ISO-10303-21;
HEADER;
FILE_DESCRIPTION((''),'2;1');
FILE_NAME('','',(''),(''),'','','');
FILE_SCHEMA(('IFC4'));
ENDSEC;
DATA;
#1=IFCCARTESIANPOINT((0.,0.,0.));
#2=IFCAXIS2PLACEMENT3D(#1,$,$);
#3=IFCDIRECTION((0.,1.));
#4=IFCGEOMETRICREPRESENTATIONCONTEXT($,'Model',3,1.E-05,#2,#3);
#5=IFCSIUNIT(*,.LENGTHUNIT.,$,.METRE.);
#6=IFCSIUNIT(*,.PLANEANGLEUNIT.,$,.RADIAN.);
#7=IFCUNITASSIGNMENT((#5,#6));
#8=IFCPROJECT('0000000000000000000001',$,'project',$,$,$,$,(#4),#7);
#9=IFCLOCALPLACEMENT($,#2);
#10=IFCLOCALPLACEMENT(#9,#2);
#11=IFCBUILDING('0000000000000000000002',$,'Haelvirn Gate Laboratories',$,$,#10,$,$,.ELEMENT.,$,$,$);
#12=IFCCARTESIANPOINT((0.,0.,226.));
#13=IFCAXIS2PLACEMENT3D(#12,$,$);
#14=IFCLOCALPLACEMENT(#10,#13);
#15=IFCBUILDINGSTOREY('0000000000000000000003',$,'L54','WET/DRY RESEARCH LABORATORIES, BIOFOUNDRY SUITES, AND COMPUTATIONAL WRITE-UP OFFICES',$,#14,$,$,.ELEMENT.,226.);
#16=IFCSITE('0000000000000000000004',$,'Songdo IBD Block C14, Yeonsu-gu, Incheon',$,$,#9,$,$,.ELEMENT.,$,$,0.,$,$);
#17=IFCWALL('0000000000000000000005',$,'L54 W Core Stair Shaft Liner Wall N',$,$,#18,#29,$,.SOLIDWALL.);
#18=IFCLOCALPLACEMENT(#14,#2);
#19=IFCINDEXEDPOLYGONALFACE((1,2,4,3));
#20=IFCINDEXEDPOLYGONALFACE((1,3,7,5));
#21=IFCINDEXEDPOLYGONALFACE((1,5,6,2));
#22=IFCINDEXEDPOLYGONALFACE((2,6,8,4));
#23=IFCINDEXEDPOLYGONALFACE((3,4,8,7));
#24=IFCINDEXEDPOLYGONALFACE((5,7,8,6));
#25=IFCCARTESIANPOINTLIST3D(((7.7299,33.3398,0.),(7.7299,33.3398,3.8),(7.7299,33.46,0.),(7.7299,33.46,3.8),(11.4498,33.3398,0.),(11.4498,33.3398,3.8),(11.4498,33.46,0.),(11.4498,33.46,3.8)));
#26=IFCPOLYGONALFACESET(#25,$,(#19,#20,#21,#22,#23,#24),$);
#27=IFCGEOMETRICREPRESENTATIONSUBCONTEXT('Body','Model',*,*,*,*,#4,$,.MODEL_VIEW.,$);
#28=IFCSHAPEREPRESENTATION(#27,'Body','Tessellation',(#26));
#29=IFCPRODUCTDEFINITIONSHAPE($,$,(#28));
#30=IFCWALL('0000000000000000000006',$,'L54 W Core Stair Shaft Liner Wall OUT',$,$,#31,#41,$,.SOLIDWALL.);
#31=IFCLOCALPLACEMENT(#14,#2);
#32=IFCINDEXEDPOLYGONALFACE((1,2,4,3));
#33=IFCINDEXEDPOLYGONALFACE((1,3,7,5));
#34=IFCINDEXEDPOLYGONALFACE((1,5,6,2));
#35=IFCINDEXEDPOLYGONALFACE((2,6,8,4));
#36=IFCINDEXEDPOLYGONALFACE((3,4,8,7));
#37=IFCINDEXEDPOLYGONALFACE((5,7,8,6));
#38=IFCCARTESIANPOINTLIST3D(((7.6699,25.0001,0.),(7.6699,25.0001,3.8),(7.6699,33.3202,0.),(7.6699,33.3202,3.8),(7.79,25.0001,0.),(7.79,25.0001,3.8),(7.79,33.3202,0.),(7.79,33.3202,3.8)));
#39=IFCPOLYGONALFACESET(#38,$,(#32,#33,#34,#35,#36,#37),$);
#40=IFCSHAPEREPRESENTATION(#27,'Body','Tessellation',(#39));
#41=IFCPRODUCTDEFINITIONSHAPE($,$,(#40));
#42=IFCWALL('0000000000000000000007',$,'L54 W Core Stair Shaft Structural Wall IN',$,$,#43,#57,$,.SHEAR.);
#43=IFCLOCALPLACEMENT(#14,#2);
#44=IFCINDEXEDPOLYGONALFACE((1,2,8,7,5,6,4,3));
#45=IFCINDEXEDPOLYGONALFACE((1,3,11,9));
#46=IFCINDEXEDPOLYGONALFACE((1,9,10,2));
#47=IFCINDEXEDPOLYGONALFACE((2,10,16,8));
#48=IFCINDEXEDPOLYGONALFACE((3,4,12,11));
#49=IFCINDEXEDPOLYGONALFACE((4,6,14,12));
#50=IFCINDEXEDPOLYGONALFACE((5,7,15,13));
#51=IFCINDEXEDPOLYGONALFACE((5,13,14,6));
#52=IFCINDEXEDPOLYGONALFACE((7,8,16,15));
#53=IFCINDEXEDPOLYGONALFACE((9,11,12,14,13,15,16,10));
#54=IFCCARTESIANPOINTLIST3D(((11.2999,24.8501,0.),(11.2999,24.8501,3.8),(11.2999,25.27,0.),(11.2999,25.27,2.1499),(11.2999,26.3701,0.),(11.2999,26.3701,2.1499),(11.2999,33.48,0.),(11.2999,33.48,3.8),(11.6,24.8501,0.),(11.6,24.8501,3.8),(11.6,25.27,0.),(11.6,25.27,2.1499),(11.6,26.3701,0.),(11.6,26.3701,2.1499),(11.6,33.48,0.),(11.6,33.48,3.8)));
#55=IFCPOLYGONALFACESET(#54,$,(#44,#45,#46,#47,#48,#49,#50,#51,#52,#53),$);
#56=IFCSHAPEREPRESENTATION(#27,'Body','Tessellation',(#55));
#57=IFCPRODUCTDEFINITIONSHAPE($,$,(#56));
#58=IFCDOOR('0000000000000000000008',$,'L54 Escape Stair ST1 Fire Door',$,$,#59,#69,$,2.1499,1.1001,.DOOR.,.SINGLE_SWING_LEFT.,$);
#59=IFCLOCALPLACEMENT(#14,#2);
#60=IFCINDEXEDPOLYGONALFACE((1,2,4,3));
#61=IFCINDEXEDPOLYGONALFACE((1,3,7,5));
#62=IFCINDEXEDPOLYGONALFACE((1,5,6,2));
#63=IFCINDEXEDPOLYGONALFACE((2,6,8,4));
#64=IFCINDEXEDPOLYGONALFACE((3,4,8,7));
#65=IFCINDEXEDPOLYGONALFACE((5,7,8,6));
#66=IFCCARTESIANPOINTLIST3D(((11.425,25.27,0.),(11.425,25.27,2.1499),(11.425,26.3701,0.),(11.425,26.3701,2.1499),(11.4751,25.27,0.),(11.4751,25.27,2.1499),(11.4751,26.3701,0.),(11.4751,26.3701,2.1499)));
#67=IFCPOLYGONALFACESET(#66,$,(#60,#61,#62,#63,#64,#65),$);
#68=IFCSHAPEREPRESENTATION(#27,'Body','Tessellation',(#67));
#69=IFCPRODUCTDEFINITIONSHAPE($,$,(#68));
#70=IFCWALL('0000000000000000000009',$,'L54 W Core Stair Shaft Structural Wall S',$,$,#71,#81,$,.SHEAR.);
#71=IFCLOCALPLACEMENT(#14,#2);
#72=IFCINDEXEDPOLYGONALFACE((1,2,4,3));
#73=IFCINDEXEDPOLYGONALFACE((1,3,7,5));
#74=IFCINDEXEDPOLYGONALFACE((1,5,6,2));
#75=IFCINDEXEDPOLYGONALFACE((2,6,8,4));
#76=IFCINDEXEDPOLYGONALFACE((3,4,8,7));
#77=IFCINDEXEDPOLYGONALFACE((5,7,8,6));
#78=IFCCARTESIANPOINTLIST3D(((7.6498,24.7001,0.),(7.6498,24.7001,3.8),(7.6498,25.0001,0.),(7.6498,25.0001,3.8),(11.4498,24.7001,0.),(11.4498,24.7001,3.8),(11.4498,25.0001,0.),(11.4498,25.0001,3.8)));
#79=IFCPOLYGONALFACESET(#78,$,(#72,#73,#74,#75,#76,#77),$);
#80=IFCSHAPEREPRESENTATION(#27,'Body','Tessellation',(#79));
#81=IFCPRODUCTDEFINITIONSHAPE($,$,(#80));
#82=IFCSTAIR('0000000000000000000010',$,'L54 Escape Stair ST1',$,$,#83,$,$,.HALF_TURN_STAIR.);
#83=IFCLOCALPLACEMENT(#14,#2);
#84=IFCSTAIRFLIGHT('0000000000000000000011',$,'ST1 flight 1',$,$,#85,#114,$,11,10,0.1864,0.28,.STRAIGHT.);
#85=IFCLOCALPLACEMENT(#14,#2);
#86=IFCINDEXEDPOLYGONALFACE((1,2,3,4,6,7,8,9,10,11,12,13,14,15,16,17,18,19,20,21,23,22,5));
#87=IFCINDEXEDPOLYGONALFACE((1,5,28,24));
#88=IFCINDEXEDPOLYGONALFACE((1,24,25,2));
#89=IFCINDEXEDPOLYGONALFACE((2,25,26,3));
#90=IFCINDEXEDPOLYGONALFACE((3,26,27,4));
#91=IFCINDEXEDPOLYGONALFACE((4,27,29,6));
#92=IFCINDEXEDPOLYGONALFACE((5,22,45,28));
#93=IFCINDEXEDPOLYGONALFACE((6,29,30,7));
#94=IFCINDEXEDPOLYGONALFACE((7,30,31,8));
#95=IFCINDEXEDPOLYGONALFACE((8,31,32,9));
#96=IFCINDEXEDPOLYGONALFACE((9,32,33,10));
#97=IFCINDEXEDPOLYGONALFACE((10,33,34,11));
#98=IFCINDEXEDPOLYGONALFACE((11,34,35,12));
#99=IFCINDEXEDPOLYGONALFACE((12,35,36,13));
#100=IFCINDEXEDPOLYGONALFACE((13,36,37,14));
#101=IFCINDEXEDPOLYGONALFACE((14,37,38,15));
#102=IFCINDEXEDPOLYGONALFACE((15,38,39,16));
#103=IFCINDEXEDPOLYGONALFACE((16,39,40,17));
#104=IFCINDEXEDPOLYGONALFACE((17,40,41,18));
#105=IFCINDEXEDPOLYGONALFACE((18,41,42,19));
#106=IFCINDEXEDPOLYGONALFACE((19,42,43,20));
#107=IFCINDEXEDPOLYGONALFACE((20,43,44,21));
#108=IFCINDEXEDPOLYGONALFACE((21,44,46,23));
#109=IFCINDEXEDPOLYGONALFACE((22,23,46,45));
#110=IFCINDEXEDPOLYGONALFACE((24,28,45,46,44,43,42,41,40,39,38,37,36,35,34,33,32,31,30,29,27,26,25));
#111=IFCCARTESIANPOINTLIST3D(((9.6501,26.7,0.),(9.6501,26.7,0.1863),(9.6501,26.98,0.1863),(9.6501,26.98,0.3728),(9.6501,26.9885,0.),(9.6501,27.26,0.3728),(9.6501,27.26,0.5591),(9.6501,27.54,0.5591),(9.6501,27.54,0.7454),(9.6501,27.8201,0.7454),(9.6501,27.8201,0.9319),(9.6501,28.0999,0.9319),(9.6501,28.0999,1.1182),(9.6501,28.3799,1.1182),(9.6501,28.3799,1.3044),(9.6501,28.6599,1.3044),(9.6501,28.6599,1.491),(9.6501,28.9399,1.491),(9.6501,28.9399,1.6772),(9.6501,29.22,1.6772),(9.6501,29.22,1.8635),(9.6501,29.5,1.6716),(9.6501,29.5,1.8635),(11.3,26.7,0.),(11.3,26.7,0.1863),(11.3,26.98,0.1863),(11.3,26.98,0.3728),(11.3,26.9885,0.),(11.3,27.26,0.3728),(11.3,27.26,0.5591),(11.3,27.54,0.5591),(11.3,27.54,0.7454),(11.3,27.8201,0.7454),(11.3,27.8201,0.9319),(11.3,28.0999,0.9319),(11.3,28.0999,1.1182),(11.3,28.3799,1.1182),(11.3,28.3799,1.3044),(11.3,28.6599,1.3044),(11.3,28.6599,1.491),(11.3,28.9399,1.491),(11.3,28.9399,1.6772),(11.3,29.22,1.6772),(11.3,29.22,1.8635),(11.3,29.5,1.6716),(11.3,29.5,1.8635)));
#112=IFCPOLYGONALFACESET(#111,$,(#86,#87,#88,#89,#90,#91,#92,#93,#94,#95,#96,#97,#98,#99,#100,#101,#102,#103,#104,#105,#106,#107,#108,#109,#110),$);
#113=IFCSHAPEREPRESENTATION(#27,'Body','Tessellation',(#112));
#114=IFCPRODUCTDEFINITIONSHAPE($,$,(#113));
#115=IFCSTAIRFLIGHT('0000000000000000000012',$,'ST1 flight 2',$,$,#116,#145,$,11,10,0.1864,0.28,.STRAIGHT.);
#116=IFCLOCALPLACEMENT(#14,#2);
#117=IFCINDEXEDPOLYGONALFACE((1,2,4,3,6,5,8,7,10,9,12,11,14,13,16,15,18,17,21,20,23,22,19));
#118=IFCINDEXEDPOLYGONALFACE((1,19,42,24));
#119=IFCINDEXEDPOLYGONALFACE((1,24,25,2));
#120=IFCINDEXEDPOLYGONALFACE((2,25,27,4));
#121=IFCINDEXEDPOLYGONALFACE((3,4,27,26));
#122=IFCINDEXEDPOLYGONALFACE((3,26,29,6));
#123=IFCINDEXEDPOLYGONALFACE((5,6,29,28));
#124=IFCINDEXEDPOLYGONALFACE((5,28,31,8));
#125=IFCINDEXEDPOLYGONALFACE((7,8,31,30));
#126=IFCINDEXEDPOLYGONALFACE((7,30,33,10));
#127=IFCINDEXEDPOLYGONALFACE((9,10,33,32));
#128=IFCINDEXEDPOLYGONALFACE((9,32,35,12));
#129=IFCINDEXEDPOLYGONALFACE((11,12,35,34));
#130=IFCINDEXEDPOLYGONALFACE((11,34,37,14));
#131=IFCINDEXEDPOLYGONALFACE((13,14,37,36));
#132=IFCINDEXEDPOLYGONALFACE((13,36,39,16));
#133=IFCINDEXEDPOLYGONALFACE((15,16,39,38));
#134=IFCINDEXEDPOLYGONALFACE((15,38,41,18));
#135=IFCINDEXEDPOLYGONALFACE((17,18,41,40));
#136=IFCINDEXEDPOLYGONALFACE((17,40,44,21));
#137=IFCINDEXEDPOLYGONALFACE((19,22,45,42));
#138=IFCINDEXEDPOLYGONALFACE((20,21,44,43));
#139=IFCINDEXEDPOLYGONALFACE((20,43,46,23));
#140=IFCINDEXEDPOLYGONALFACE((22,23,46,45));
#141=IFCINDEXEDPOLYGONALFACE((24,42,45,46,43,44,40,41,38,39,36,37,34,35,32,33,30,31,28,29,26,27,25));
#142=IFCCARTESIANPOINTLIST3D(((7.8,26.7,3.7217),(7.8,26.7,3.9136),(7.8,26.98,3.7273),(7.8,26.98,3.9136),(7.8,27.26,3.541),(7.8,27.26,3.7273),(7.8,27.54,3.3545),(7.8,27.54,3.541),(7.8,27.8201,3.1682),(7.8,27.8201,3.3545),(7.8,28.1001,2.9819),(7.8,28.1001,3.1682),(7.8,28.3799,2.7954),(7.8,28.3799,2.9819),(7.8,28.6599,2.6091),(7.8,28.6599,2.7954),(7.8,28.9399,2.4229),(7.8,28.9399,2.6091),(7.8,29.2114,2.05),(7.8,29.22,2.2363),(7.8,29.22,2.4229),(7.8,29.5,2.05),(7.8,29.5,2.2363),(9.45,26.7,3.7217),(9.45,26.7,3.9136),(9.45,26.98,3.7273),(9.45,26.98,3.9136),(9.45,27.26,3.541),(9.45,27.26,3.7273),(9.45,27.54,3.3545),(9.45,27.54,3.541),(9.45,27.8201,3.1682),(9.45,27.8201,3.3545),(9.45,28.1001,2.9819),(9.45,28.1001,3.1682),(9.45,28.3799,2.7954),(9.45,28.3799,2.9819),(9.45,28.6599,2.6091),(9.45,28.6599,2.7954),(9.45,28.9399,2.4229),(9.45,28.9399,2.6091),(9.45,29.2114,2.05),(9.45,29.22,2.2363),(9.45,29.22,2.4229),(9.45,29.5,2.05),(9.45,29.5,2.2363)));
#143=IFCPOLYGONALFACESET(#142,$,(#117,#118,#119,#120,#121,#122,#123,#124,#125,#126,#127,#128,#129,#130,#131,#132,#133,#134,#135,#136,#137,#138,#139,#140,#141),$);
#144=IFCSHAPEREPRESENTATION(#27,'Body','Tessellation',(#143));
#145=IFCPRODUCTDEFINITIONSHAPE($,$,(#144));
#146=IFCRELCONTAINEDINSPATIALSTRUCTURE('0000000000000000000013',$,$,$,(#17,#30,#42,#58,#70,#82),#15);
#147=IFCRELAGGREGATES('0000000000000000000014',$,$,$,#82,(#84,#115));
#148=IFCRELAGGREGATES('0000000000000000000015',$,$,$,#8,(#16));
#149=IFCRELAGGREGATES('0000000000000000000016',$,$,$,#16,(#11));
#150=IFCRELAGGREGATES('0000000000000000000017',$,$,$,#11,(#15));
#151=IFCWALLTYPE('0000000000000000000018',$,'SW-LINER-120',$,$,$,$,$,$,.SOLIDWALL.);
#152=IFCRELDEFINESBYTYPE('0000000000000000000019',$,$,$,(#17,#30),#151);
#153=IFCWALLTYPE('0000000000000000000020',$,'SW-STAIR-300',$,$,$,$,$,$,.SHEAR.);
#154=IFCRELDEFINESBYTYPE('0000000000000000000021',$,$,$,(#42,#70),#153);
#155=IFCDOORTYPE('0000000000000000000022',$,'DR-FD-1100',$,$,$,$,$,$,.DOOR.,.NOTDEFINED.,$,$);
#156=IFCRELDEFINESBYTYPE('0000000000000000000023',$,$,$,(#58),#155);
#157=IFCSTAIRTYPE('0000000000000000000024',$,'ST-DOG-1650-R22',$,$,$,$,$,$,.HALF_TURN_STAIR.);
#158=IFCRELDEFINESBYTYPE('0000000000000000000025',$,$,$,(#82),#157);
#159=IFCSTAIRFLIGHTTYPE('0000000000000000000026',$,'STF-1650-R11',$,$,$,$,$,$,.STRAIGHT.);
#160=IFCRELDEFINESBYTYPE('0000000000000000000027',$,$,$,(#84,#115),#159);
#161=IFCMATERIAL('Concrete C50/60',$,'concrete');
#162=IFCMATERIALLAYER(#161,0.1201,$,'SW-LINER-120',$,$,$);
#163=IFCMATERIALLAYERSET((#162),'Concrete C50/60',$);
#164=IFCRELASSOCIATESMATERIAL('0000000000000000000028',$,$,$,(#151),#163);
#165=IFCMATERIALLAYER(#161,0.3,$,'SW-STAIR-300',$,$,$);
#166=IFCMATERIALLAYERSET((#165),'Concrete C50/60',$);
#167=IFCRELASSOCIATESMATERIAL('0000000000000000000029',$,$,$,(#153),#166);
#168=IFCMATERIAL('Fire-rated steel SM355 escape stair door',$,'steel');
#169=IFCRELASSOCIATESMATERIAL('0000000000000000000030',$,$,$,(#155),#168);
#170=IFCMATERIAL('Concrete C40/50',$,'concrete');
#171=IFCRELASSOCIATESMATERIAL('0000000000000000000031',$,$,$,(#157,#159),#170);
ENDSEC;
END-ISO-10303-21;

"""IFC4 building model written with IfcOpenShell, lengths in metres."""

from ifc_helpers import new_model, si_unit, direction, frame, frame_2d, origin, place, context, subcontext, project, spatial, polyline, rectangle, outline, extrude, source, transform, mapped, material, layer, layer_set, type_object, type_shapes, element, fill, aggregate, save


model = new_model("IFC4")

# Units and contexts
model_context = context("Model", 3, precision=1e-05, world=origin(), true_north=direction((0.0, 1.0)))
body_context = subcontext(model_context, "Body", "Model", "MODEL_VIEW")
ifc_project = project(units=[si_unit("LENGTHUNIT", "METRE"), si_unit("PLANEANGLEUNIT", "RADIAN")], contexts=[model_context])

# Site, building, storey
site_placement = place(None, origin())
site = spatial("IfcSite", under=ifc_project, at=site_placement, Name="Songdo IBD Block C14, Yeonsu-gu, Incheon", CompositionType="ELEMENT", RefElevation=0.0)
building_placement = place(site_placement, origin())
building = spatial("IfcBuilding", under=site, at=building_placement, Name="Haelvirn Gate Laboratories", CompositionType="ELEMENT")
storey_placement = place(building_placement, frame((0.0, 0.0, 226.0)))
storey = spatial("IfcBuildingStorey", under=building, at=storey_placement, Name="L54", Description="WET/DRY RESEARCH LABORATORIES, BIOFOUNDRY SUITES, AND COMPUTATIONAL WRITE-UP OFFICES", CompositionType="ELEMENT", Elevation=226.0)

# Shared definitions
ifc_material_1 = material(Name="Concrete C50/60", Category="concrete")

# Shared definitions
ifc_material_2 = material(Name="Concrete C40/50", Category="concrete")

# Walls
ifc_layer_1 = layer(ifc_material_1, 0.1201, Name="SW-LINER-120")
ifc_layer_set_1 = layer_set([ifc_layer_1], Name="Concrete C50/60")
wall_type_1 = type_object("IfcWallType", Name="SW-LINER-120", PredefinedType="SOLIDWALL", material=ifc_layer_set_1)
wall_1_placement = place(storey_placement, frame((7.73, 33.3999, 0.0), z_axis=(0.0, 0.0, 1.0), x_axis=(1.0, 0.0, 0.0)))
element("IfcWall", 1, at=wall_1_placement, inside=storey, type_object=wall_type_1, Name="L54 W Core Stair Shaft Liner Wall N", PredefinedType="SOLIDWALL", context=body_context, shape_type="SweptSolid", body=[
    extrude(rectangle(XDim=3.72, YDim=0.1201, at=frame_2d((1.8599, 0.0))), origin(), (0.0, 0.0, 1.0), 3.8),
])
wall_2_placement = place(storey_placement, frame((7.73, 25.0, 0.0), z_axis=(0.0, 0.0, 1.0), x_axis=(0.0, 1.0, 0.0)))
element("IfcWall", 2, at=wall_2_placement, inside=storey, type_object=wall_type_1, Name="L54 W Core Stair Shaft Liner Wall OUT", PredefinedType="SOLIDWALL", context=body_context, shape_type="SweptSolid", body=[
    extrude(rectangle(XDim=8.3201, YDim=0.1201, at=frame_2d((4.1602, 0.0))), origin(), (0.0, 0.0, 1.0), 3.8),
])

# Wall, opening, door
ifc_layer_2 = layer(ifc_material_1, 0.3, Name="SW-STAIR-300")
ifc_layer_set_2 = layer_set([ifc_layer_2], Name="Concrete C50/60")
wall_type_2 = type_object("IfcWallType", Name="SW-STAIR-300", PredefinedType="SHEAR", material=ifc_layer_set_2)
wall_3_placement = place(storey_placement, frame((11.45, 24.8501, 0.0), z_axis=(0.0, 0.0, 1.0), x_axis=(0.0, 1.0, 0.0)))
wall_3 = element("IfcWall", 3, at=wall_3_placement, inside=storey, type_object=wall_type_2, Name="L54 W Core Stair Shaft Structural Wall IN", PredefinedType="SHEAR", context=body_context, shape_type="SweptSolid", body=[
    extrude(rectangle(XDim=8.6299, YDim=0.3, at=frame_2d((4.3149, 0.0))), origin(), (0.0, 0.0, 1.0), 3.8),
])
opening_1_placement = place(wall_3_placement, frame((0.4199, 0.0, 0.0)))
opening_1 = element("IfcOpeningElement", 4, at=opening_1_placement, cuts=wall_3, PredefinedType="OPENING", context=body_context, shape_type="SweptSolid", body=[
    extrude(rectangle(XDim=1.1001, YDim=2.1499, at=frame_2d((0.55, 1.075))), frame((0.0, 0.1602, 0.0), z_axis=(0.0, -1.0, 0.0), x_axis=(1.0, 0.0, 0.0)), (0.0, 0.0, 1.0), 0.3201),
])
ifc_material_3 = material(Name="Fire-rated steel SM355 escape stair door", Category="steel")
door_type_1 = type_object("IfcDoorType", Name="DR-FD-1100", OperationType="NOTDEFINED", PredefinedType="DOOR", material=ifc_material_3)
shared_shape_1 = source(origin(), body_context, "Body", "SweptSolid", [
    extrude(rectangle(XDim=1.1001, YDim=2.1499, at=frame_2d((0.55, 1.075))), frame((0.0, 0.0249, 0.0), z_axis=(0.0, -1.0, 0.0), x_axis=(1.0, 0.0, 0.0)), (0.0, 0.0, 1.0), 0.05),
])
type_shapes(door_type_1, [shared_shape_1])
door_1_placement = place(opening_1_placement, origin())
door_1 = element("IfcDoor", 5, at=door_1_placement, inside=storey, type_object=door_type_1, Name="L54 Escape Stair ST1 Fire Door", OperationType="SINGLE_SWING_LEFT", OverallHeight=2.1499, OverallWidth=1.1001, PredefinedType="DOOR", context=body_context, shape_type="MappedRepresentation", body=[
    mapped(shared_shape_1, transform((0.0, 0.0, 0.0), scale=1.0)),
])
fill(opening_1, door_1)

# Wall
wall_4_placement = place(storey_placement, frame((7.6499, 24.8501, 0.0), z_axis=(0.0, 0.0, 1.0), x_axis=(1.0, 0.0, 0.0)))
element("IfcWall", 6, at=wall_4_placement, inside=storey, type_object=wall_type_2, Name="L54 W Core Stair Shaft Structural Wall S", PredefinedType="SHEAR", context=body_context, shape_type="SweptSolid", body=[
    extrude(rectangle(XDim=3.8, YDim=0.3, at=frame_2d((1.8999, 0.0))), origin(), (0.0, 0.0, 1.0), 3.8),
])

# Stair, stair flights
stair_type = type_object("IfcStairType", Name="ST-DOG-1650-R22", PredefinedType="HALF_TURN_STAIR", material=ifc_material_2)
stair_placement = place(storey_placement, origin())
stair = element("IfcStair", 7, at=stair_placement, inside=storey, type_object=stair_type, Name="L54 Escape Stair ST1", PredefinedType="HALF_TURN_STAIR")
stair_flight_type = type_object("IfcStairFlightType", Name="STF-1650-R11", PredefinedType="STRAIGHT", material=ifc_material_2)
shared_shape_2 = source(origin(), body_context, "Body", "SweptSolid", [
    extrude(outline(polyline([(0.0, 0.0), (0.0, 0.1863), (0.28, 0.1863), (0.28, 0.3728), (0.5601, 0.3728), (0.5601, 0.5591), (0.8401, 0.5591), (0.8401, 0.7454), (1.1201, 0.7454), (1.1201, 0.9319), (1.3999, 0.9319), (1.3999, 1.1182), (1.6799, 1.1182), (1.6799, 1.3044), (1.96, 1.3044), (1.96, 1.491), (2.24, 1.491), (2.24, 1.6772), (2.52, 1.6772), (2.52, 1.8635), (2.8, 1.8635), (2.8, 2.05), (2.8, 1.6716), (0.2886, 0.0), (0.0, 0.0)])), frame((0.0, 0.825, 0.0), z_axis=(0.0, -1.0, 0.0), x_axis=(1.0, 0.0, 0.0)), (0.0, 0.0, 1.0), 1.6499),
])
type_shapes(stair_flight_type, [shared_shape_2])
stair_flight_1_placement = place(storey_placement, frame((10.4751, 26.7, 0.0), z_axis=(0.0, 0.0, 1.0), x_axis=(0.0, 1.0, 0.0)))
stair_flight_1 = element("IfcStairFlight", 8, at=stair_flight_1_placement, type_object=stair_flight_type, Name="ST1 flight 1", NumberOfRisers=11, NumberOfTreads=10, PredefinedType="STRAIGHT", RiserHeight=0.1864, TreadLength=0.28, context=body_context, shape_type="MappedRepresentation", body=[
    mapped(shared_shape_2, transform((0.0, 0.0, 0.0), scale=1.0)),
])
stair_flight_2_placement = place(storey_placement, frame((8.625, 29.5, 2.05), z_axis=(0.0, 0.0, 1.0), x_axis=(0.0, -1.0, 0.0)))
stair_flight_2 = element("IfcStairFlight", 9, at=stair_flight_2_placement, type_object=stair_flight_type, Name="ST1 flight 2", NumberOfRisers=11, NumberOfTreads=10, PredefinedType="STRAIGHT", RiserHeight=0.1864, TreadLength=0.28, context=body_context, shape_type="MappedRepresentation", body=[
    mapped(shared_shape_2, transform((0.0, 0.0, 0.0), scale=1.0)),
])
aggregate(stair, [stair_flight_1, stair_flight_2])

save(model, "model.ifc")
